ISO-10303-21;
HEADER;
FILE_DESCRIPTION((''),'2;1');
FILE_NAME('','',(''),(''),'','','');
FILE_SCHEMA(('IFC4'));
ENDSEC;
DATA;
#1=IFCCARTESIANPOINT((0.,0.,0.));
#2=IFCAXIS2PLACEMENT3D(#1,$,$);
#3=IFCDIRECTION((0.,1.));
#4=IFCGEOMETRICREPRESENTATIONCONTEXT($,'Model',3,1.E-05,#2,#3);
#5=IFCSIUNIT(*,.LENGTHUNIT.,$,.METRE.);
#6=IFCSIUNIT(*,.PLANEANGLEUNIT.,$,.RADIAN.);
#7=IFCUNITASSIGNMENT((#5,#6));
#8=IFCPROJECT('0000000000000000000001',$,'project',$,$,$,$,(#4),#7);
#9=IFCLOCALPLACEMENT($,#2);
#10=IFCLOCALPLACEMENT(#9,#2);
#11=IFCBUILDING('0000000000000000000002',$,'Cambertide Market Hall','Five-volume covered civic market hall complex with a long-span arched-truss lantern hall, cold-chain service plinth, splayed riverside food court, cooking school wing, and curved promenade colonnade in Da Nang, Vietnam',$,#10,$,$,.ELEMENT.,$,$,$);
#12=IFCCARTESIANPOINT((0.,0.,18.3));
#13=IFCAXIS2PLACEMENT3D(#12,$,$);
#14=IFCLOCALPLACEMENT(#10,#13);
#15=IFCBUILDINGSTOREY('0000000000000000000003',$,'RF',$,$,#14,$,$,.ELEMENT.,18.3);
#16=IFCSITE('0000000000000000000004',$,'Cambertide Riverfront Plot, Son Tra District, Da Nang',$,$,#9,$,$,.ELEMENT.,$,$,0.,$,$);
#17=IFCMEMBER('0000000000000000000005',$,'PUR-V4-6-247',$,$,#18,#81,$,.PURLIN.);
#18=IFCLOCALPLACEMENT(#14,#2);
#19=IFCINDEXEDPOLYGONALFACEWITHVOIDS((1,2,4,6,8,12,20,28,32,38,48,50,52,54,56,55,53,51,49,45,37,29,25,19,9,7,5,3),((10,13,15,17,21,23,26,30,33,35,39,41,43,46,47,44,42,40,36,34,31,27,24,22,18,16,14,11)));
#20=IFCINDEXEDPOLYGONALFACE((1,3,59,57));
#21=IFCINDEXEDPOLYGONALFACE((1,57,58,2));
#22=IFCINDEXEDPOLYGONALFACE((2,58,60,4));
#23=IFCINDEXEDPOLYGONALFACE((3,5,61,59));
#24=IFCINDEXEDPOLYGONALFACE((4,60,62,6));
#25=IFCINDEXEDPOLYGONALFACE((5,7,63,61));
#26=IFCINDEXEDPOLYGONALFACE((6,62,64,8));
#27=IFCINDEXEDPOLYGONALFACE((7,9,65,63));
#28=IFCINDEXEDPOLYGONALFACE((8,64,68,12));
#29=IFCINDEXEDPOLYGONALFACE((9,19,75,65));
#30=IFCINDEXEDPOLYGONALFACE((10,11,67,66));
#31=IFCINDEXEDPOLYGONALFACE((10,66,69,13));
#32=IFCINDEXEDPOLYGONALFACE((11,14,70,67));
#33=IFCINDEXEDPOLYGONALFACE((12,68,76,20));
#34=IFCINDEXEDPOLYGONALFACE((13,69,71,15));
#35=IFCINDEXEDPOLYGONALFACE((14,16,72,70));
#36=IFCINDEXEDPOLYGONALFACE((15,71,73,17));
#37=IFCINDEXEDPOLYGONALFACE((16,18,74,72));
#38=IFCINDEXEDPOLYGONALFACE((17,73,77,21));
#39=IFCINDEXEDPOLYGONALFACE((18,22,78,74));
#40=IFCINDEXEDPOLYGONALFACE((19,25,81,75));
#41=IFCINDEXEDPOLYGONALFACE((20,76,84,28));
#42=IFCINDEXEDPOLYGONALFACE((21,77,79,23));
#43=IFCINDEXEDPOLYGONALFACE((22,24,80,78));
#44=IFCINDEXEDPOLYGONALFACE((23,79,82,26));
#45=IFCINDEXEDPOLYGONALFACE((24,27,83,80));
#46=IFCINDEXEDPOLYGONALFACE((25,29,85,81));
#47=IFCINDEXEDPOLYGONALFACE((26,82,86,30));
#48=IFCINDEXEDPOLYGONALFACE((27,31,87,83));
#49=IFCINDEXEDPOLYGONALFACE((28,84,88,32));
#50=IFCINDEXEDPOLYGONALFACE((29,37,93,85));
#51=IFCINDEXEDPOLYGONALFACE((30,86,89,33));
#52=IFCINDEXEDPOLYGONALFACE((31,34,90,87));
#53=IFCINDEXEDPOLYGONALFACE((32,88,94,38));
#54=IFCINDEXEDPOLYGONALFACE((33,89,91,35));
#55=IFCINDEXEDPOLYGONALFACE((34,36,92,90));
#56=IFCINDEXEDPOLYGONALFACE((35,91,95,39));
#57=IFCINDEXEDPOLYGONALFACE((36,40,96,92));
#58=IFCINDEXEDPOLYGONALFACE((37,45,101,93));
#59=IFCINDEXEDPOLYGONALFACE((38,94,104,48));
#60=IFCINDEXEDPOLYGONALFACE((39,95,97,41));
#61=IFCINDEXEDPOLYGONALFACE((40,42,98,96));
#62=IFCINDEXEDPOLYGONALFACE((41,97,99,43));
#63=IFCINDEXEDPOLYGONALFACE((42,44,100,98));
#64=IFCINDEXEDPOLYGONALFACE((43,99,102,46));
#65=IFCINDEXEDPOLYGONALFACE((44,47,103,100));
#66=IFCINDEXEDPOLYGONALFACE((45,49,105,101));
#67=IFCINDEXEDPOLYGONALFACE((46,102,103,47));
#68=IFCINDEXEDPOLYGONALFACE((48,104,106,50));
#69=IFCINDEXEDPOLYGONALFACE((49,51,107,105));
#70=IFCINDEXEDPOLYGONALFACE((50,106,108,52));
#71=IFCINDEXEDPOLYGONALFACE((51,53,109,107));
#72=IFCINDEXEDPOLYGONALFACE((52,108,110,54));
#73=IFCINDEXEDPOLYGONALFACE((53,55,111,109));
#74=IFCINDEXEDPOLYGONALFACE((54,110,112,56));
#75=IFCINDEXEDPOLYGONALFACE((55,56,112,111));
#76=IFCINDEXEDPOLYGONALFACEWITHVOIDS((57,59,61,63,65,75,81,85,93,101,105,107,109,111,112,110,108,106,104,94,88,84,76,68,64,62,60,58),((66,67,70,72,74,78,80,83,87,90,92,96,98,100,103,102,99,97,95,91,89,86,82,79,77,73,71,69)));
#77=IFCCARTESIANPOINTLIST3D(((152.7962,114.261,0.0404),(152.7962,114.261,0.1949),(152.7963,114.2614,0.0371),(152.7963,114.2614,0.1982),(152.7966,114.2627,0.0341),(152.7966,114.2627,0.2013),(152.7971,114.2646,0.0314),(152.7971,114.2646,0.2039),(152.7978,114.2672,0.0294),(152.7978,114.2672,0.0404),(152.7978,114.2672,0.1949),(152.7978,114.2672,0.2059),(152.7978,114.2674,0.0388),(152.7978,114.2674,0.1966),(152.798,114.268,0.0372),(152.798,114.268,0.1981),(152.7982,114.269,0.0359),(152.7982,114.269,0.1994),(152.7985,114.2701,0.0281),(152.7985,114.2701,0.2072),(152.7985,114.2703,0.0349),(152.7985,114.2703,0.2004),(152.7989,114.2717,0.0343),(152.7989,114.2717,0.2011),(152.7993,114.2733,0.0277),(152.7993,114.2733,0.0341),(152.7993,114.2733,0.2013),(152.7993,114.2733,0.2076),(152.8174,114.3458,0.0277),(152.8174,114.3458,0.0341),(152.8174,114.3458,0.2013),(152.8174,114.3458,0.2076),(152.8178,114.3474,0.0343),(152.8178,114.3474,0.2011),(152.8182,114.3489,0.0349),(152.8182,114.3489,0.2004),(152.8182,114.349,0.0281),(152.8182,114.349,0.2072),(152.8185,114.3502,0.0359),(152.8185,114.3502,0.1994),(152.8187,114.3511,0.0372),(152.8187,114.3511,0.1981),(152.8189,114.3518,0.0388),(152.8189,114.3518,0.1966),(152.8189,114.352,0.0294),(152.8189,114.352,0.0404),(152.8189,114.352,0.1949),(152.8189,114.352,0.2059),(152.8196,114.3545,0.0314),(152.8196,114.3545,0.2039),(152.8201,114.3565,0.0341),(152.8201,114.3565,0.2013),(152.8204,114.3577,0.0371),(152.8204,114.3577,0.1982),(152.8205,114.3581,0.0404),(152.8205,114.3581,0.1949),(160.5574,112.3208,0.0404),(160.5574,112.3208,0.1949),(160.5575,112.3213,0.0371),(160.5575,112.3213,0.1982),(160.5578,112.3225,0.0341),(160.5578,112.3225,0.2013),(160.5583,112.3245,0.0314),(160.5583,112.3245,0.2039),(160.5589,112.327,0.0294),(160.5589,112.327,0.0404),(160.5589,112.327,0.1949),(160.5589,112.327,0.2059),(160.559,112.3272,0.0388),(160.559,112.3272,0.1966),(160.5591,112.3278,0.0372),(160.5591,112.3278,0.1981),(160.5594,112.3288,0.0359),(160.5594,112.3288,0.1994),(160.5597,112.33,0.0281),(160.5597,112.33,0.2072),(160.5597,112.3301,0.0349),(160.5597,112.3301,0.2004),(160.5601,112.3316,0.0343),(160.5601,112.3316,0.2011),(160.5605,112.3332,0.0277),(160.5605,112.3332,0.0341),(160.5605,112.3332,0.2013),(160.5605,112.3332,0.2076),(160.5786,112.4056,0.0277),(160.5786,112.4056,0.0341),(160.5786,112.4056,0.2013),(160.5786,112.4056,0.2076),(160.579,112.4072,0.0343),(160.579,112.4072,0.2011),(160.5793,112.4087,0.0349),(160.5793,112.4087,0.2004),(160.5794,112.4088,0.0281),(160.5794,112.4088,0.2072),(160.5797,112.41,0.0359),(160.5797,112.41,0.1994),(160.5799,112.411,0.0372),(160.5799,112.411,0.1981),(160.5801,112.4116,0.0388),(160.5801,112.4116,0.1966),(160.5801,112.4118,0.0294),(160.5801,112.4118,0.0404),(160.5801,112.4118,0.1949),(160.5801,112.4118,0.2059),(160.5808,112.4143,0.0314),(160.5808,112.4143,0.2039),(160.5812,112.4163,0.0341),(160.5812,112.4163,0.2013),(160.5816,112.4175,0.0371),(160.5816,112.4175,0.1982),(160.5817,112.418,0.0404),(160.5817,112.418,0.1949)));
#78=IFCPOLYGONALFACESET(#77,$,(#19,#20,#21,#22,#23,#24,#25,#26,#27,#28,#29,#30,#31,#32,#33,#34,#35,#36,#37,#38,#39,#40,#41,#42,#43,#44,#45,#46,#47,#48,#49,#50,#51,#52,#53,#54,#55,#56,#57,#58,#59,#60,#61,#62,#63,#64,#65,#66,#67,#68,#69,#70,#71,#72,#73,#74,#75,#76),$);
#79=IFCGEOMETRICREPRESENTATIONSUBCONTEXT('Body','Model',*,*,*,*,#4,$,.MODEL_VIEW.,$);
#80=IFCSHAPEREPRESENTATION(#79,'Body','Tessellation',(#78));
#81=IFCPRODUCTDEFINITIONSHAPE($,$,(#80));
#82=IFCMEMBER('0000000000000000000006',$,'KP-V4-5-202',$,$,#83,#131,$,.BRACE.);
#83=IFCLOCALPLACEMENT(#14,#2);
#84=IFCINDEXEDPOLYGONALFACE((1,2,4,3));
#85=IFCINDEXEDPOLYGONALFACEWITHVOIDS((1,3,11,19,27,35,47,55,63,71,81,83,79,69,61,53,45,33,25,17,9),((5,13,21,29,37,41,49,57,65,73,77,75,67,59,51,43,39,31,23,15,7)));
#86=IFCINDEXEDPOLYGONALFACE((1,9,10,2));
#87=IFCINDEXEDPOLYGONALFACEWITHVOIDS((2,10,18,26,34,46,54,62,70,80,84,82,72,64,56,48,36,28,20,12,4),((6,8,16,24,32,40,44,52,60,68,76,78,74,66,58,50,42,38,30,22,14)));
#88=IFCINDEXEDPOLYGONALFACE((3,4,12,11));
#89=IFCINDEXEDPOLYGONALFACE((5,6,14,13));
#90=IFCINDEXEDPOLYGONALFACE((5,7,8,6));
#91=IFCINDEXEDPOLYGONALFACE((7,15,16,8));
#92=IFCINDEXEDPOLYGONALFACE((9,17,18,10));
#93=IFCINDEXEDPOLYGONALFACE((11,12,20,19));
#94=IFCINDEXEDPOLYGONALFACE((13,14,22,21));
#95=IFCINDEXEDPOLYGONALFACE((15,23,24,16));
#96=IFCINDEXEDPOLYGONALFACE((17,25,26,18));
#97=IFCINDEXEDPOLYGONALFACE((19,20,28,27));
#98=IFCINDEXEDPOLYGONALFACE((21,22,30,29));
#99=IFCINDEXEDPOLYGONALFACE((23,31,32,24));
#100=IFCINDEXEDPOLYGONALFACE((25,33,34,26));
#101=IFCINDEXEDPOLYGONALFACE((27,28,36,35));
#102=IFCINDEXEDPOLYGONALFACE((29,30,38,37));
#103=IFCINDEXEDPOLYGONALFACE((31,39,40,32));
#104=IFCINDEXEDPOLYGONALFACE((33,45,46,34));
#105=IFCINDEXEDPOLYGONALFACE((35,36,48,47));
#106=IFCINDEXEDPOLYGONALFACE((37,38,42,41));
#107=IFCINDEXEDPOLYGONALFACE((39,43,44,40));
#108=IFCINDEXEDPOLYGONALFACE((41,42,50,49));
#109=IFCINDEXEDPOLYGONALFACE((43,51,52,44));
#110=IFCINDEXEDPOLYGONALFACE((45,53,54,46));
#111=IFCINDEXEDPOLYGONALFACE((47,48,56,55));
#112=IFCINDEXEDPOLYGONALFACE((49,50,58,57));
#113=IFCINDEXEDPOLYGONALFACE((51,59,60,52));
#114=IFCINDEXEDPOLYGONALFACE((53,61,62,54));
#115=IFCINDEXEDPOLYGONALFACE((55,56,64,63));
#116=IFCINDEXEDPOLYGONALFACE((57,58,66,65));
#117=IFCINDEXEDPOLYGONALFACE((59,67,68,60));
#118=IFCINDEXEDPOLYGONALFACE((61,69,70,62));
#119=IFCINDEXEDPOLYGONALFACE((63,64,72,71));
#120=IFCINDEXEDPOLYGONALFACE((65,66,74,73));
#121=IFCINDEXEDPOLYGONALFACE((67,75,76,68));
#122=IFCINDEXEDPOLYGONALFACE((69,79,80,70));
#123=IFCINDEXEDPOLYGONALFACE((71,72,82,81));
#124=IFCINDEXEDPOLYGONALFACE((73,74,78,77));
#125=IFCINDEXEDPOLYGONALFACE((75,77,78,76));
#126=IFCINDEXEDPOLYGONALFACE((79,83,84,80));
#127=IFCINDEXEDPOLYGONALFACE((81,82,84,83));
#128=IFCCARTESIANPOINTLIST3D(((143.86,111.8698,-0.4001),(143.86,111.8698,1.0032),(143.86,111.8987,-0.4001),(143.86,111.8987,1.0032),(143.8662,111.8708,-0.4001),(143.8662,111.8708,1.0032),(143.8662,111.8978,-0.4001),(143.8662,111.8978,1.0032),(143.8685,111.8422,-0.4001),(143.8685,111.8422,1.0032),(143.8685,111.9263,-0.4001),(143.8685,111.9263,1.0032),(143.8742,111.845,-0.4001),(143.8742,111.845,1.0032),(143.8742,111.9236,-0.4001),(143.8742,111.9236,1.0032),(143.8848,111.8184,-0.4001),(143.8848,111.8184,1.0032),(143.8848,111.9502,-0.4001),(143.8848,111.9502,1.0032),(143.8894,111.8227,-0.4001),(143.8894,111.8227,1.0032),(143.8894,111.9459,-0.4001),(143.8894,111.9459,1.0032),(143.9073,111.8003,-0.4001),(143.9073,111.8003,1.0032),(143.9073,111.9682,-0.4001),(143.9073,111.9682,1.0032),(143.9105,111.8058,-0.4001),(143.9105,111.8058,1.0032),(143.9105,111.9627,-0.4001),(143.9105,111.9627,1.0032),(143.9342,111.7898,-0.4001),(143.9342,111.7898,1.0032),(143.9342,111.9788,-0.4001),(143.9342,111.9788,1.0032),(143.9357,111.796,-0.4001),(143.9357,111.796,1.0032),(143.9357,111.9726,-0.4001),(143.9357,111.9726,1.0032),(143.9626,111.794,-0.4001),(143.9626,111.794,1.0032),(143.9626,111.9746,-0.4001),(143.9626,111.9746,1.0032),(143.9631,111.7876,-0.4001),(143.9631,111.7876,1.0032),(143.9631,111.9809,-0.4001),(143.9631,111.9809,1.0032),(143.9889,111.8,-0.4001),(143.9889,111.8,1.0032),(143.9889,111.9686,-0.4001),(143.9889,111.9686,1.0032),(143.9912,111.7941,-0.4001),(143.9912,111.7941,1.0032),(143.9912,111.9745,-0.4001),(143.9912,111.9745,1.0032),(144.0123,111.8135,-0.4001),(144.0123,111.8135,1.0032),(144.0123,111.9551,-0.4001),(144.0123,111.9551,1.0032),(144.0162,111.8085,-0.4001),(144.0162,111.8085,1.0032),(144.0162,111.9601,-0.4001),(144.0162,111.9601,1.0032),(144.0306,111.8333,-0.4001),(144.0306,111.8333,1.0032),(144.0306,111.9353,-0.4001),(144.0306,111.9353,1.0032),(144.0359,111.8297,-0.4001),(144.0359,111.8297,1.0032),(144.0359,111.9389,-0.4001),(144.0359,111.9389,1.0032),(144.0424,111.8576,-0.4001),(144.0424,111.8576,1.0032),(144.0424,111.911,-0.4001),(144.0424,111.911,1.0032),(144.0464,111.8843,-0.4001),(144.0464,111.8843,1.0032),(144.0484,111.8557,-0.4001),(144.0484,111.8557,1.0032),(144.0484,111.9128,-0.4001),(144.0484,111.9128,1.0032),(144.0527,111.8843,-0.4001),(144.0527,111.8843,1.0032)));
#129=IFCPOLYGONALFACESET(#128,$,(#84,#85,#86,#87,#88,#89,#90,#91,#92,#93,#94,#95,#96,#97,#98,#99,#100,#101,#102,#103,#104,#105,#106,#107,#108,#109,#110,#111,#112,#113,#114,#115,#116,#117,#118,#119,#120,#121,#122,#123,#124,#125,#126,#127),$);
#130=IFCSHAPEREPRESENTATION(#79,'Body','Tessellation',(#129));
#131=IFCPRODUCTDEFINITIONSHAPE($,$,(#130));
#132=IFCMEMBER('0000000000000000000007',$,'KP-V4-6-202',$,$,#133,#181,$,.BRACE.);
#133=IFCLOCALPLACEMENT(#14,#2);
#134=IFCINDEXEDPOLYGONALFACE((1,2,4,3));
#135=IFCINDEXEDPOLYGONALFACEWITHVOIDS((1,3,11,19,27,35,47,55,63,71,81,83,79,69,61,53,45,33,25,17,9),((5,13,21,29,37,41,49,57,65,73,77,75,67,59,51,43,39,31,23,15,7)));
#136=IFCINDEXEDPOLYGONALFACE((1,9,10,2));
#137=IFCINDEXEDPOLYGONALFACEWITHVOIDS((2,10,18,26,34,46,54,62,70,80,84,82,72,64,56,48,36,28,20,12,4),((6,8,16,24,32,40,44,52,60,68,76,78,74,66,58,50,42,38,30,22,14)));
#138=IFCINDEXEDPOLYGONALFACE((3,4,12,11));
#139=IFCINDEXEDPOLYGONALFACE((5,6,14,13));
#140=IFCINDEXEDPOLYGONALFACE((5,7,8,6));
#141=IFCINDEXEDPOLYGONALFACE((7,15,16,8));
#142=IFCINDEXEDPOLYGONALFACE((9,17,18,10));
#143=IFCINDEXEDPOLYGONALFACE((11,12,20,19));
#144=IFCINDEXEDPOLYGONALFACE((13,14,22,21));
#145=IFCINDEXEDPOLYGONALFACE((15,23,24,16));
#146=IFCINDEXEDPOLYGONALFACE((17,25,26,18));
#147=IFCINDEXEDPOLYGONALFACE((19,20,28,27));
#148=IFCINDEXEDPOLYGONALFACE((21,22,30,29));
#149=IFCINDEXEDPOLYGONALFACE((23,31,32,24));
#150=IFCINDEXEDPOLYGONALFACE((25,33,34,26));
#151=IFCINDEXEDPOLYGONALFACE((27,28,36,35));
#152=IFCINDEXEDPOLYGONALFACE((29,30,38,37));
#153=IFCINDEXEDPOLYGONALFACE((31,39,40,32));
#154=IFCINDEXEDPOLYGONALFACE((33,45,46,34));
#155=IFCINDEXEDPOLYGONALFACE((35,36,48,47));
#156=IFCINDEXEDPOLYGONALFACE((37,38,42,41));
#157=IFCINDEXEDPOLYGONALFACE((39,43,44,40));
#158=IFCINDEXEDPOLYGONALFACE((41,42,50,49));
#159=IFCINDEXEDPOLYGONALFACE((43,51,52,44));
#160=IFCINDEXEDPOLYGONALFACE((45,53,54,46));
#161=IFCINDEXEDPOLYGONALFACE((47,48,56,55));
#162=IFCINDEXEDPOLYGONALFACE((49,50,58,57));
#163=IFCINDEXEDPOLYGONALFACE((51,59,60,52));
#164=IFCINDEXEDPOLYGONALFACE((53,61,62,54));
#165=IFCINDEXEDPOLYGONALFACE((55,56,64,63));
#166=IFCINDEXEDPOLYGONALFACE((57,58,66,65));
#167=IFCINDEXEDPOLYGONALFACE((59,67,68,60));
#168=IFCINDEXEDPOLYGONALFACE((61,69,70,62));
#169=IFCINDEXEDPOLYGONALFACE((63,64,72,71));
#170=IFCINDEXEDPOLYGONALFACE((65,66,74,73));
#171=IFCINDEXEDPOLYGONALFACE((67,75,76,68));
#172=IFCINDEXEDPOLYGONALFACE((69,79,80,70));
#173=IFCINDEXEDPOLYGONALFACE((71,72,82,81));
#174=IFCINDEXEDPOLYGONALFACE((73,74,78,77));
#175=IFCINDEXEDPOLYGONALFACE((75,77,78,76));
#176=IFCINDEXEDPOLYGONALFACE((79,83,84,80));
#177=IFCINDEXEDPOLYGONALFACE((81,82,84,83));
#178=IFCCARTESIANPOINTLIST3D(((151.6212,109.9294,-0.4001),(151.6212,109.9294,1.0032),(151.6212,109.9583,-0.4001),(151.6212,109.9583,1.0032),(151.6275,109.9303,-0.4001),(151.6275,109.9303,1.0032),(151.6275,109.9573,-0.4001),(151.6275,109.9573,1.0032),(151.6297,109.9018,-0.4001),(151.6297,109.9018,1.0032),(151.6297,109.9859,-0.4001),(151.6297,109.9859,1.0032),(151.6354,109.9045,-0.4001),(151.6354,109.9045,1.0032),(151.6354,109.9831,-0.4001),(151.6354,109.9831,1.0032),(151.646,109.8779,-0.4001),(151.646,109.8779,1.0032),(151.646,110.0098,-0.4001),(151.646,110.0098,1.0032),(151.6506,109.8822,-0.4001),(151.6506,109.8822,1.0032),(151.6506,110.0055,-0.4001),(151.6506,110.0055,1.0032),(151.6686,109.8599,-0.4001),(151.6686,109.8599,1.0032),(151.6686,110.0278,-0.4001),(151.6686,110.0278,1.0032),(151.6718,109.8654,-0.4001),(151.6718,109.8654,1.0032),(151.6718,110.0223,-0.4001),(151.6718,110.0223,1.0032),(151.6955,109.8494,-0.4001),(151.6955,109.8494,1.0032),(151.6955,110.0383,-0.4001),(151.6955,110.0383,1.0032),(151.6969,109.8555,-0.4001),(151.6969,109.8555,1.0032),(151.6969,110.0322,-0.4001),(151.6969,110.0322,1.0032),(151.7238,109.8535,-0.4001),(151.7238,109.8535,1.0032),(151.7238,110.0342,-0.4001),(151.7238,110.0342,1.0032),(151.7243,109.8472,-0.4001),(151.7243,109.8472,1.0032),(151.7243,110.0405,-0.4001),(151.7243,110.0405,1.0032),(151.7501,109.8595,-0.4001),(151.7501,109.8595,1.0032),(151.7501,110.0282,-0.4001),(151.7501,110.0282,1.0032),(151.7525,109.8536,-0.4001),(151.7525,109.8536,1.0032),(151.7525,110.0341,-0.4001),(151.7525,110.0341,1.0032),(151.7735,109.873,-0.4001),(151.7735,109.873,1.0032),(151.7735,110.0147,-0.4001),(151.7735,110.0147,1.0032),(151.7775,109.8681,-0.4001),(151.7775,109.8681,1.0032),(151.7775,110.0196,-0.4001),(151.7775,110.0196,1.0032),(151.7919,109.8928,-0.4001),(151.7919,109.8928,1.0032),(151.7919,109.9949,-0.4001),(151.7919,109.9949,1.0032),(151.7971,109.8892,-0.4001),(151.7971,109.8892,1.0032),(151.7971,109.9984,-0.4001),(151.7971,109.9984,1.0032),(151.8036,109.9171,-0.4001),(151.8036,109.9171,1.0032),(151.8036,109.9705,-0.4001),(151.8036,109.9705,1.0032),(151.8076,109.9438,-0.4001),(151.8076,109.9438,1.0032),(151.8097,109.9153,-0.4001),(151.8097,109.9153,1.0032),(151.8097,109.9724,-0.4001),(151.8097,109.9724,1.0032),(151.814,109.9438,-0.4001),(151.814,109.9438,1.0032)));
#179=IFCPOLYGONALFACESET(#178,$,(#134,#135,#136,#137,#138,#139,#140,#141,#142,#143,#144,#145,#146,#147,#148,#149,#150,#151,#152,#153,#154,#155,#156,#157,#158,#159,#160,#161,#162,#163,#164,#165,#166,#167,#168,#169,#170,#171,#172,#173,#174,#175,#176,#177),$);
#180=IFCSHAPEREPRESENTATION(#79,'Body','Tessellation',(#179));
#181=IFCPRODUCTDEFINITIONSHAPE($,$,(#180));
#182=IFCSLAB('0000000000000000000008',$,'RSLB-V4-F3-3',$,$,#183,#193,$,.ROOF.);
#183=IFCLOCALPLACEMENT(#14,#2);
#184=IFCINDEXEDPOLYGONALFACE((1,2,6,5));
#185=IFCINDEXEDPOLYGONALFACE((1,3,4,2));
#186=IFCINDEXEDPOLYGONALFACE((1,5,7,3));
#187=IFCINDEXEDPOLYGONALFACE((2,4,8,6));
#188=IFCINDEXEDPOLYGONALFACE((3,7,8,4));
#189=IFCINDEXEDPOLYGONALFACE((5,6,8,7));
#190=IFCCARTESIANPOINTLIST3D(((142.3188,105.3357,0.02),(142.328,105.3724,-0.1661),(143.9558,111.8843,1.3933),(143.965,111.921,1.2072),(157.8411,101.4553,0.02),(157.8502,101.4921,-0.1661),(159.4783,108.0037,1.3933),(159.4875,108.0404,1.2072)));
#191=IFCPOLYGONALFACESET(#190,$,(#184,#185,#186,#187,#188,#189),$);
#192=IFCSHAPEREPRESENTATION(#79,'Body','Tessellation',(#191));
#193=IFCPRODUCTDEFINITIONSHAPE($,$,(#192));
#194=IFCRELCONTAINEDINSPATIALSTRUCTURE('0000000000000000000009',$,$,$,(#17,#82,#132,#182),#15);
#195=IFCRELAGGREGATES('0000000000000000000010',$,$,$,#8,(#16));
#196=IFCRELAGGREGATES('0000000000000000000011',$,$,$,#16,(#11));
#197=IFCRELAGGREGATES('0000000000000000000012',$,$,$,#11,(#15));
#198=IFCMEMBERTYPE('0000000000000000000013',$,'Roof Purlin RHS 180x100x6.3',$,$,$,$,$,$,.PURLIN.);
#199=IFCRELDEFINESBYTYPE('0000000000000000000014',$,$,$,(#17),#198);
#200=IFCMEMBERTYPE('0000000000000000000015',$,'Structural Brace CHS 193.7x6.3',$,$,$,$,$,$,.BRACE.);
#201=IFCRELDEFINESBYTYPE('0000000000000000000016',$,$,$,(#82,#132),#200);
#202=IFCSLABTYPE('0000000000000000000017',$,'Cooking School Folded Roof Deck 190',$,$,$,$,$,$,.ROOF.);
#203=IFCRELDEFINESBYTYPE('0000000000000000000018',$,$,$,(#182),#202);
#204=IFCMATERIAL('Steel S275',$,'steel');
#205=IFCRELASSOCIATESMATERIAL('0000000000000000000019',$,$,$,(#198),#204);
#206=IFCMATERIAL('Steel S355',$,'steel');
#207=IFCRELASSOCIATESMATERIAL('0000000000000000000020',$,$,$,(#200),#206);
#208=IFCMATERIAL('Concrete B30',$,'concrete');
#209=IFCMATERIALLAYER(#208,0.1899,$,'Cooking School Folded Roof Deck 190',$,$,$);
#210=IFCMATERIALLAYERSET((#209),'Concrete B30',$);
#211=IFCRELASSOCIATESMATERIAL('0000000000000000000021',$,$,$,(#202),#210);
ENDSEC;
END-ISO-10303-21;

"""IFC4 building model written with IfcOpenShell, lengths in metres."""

from ifc_helpers import new_model, si_unit, direction, frame, origin, origin_2d, place, context, subcontext, project, spatial, polyline, hollow_rectangle, hollow_circle, outline, extrude, material, layer, layer_set, material_profile, profile_set, type_object, element, save


model = new_model("IFC4")

# Units and contexts
model_context = context("Model", 3, precision=1e-05, world=origin(), true_north=direction((0.0, 1.0)))
body_context = subcontext(model_context, "Body", "Model", "MODEL_VIEW")
ifc_project = project(units=[si_unit("LENGTHUNIT", "METRE"), si_unit("PLANEANGLEUNIT", "RADIAN")], contexts=[model_context])

# Site, building, storey
site_placement = place(None, origin())
site = spatial("IfcSite", under=ifc_project, at=site_placement, Name="Cambertide Riverfront Plot, Son Tra District, Da Nang", CompositionType="ELEMENT", RefElevation=0.0)
building_placement = place(site_placement, origin())
building = spatial("IfcBuilding", under=site, at=building_placement, Name="Cambertide Market Hall", Description="Five-volume covered civic market hall complex with a long-span arched-truss lantern hall, cold-chain service plinth, splayed riverside food court, cooking school wing, and curved promenade colonnade in Da Nang, Vietnam", CompositionType="ELEMENT")
storey_placement = place(building_placement, frame((0.0, 0.0, 18.3)))
storey = spatial("IfcBuildingStorey", under=building, at=storey_placement, Name="RF", CompositionType="ELEMENT", Elevation=18.3)

# Members
ifc_material_1 = material(Name="Steel S275", Category="steel")
ifc_material_profile_1 = material_profile(ifc_material_1, hollow_rectangle(XDim=0.1001, YDim=0.1799, WallThickness=0.0063, InnerFilletRadius=0.0063, OuterFilletRadius=0.0127, at=origin_2d()), Name="RHS 180x100x6.3")
ifc_profile_set_1 = profile_set([ifc_material_profile_1], Name="Steel S275")
member_type_1 = type_object("IfcMemberType", Name="Roof Purlin RHS 180x100x6.3", PredefinedType="PURLIN", material=ifc_profile_set_1)
for number, where, z_axis, x_axis, name in (
    (1, (152.8083, 114.3096, 0.1177), (0.970146, -0.242521, 0.0), (0.242521, 0.970146, 0.0), "PUR-V4-6-247"),
):
    element("IfcMember", number, at=place(storey_placement, frame(where, z_axis=z_axis, x_axis=x_axis)), inside=storey, type_object=member_type_1, Name=name, PredefinedType="PURLIN", context=body_context, shape_type="SweptSolid", body=[
        extrude(hollow_rectangle(XDim=0.1001, YDim=0.1799, WallThickness=0.0063, InnerFilletRadius=0.0063, OuterFilletRadius=0.0127, at=origin_2d()), origin(), (0.0, 0.0, 1.0), 8.0),
    ])
ifc_material_2 = material(Name="Steel S355", Category="steel")
ifc_material_profile_2 = material_profile(ifc_material_2, hollow_circle(Radius=0.0969, WallThickness=0.0063, at=origin_2d()), Name="CHS 193.7x6.3")
ifc_profile_set_2 = profile_set([ifc_material_profile_2], Name="Steel S355")
member_type_2 = type_object("IfcMemberType", Name="Structural Brace CHS 193.7x6.3", PredefinedType="BRACE", material=ifc_profile_set_2)
for number, where, z_axis, x_axis, name in (
    (2, (143.9558, 111.8843, -0.4001), (0.0, 0.0, 1.0), (1.0, 0.0, 0.0), "KP-V4-5-202"),
    (3, (151.717, 109.9438, -0.4001), (0.0, 0.0, 1.0), (1.0, 0.0, 0.0), "KP-V4-6-202"),
):
    element("IfcMember", number, at=place(storey_placement, frame(where, z_axis=z_axis, x_axis=x_axis)), inside=storey, type_object=member_type_2, Name=name, PredefinedType="BRACE", context=body_context, shape_type="SweptSolid", body=[
        extrude(hollow_circle(Radius=0.0969, WallThickness=0.0063, at=origin_2d()), origin(), (0.0, 0.0, 1.0), 1.4033),
    ])

# Slab
ifc_material_3 = material(Name="Concrete B30", Category="concrete")
ifc_layer_1 = layer(ifc_material_3, 0.1899, Name="Cooking School Folded Roof Deck 190")
ifc_layer_set_1 = layer_set([ifc_layer_1], Name="Concrete B30")
slab_type = type_object("IfcSlabType", Name="Cooking School Folded Roof Deck 190", PredefinedType="ROOF", material=ifc_layer_set_1)
slab_1_placement = place(storey_placement, frame((142.3188, 105.3357, 0.02), z_axis=(-0.048352, -0.193414, 0.979925), x_axis=(0.970145, -0.242525, 0.000001)))
element("IfcSlab", 4, at=slab_1_placement, inside=storey, type_object=slab_type, Name="RSLB-V4-F3-3", PredefinedType="ROOF", context=body_context, shape_type="SweptSolid", body=[
    extrude(outline(polyline([(0.0, 0.0), (15.9999, 0.0), (16.0001, 6.8882), (-0.0001, 6.8884), (0.0, 0.0)])), origin(), (0.0, 0.0, -1.0), 0.1899),
])

save(model, "model.ifc")
